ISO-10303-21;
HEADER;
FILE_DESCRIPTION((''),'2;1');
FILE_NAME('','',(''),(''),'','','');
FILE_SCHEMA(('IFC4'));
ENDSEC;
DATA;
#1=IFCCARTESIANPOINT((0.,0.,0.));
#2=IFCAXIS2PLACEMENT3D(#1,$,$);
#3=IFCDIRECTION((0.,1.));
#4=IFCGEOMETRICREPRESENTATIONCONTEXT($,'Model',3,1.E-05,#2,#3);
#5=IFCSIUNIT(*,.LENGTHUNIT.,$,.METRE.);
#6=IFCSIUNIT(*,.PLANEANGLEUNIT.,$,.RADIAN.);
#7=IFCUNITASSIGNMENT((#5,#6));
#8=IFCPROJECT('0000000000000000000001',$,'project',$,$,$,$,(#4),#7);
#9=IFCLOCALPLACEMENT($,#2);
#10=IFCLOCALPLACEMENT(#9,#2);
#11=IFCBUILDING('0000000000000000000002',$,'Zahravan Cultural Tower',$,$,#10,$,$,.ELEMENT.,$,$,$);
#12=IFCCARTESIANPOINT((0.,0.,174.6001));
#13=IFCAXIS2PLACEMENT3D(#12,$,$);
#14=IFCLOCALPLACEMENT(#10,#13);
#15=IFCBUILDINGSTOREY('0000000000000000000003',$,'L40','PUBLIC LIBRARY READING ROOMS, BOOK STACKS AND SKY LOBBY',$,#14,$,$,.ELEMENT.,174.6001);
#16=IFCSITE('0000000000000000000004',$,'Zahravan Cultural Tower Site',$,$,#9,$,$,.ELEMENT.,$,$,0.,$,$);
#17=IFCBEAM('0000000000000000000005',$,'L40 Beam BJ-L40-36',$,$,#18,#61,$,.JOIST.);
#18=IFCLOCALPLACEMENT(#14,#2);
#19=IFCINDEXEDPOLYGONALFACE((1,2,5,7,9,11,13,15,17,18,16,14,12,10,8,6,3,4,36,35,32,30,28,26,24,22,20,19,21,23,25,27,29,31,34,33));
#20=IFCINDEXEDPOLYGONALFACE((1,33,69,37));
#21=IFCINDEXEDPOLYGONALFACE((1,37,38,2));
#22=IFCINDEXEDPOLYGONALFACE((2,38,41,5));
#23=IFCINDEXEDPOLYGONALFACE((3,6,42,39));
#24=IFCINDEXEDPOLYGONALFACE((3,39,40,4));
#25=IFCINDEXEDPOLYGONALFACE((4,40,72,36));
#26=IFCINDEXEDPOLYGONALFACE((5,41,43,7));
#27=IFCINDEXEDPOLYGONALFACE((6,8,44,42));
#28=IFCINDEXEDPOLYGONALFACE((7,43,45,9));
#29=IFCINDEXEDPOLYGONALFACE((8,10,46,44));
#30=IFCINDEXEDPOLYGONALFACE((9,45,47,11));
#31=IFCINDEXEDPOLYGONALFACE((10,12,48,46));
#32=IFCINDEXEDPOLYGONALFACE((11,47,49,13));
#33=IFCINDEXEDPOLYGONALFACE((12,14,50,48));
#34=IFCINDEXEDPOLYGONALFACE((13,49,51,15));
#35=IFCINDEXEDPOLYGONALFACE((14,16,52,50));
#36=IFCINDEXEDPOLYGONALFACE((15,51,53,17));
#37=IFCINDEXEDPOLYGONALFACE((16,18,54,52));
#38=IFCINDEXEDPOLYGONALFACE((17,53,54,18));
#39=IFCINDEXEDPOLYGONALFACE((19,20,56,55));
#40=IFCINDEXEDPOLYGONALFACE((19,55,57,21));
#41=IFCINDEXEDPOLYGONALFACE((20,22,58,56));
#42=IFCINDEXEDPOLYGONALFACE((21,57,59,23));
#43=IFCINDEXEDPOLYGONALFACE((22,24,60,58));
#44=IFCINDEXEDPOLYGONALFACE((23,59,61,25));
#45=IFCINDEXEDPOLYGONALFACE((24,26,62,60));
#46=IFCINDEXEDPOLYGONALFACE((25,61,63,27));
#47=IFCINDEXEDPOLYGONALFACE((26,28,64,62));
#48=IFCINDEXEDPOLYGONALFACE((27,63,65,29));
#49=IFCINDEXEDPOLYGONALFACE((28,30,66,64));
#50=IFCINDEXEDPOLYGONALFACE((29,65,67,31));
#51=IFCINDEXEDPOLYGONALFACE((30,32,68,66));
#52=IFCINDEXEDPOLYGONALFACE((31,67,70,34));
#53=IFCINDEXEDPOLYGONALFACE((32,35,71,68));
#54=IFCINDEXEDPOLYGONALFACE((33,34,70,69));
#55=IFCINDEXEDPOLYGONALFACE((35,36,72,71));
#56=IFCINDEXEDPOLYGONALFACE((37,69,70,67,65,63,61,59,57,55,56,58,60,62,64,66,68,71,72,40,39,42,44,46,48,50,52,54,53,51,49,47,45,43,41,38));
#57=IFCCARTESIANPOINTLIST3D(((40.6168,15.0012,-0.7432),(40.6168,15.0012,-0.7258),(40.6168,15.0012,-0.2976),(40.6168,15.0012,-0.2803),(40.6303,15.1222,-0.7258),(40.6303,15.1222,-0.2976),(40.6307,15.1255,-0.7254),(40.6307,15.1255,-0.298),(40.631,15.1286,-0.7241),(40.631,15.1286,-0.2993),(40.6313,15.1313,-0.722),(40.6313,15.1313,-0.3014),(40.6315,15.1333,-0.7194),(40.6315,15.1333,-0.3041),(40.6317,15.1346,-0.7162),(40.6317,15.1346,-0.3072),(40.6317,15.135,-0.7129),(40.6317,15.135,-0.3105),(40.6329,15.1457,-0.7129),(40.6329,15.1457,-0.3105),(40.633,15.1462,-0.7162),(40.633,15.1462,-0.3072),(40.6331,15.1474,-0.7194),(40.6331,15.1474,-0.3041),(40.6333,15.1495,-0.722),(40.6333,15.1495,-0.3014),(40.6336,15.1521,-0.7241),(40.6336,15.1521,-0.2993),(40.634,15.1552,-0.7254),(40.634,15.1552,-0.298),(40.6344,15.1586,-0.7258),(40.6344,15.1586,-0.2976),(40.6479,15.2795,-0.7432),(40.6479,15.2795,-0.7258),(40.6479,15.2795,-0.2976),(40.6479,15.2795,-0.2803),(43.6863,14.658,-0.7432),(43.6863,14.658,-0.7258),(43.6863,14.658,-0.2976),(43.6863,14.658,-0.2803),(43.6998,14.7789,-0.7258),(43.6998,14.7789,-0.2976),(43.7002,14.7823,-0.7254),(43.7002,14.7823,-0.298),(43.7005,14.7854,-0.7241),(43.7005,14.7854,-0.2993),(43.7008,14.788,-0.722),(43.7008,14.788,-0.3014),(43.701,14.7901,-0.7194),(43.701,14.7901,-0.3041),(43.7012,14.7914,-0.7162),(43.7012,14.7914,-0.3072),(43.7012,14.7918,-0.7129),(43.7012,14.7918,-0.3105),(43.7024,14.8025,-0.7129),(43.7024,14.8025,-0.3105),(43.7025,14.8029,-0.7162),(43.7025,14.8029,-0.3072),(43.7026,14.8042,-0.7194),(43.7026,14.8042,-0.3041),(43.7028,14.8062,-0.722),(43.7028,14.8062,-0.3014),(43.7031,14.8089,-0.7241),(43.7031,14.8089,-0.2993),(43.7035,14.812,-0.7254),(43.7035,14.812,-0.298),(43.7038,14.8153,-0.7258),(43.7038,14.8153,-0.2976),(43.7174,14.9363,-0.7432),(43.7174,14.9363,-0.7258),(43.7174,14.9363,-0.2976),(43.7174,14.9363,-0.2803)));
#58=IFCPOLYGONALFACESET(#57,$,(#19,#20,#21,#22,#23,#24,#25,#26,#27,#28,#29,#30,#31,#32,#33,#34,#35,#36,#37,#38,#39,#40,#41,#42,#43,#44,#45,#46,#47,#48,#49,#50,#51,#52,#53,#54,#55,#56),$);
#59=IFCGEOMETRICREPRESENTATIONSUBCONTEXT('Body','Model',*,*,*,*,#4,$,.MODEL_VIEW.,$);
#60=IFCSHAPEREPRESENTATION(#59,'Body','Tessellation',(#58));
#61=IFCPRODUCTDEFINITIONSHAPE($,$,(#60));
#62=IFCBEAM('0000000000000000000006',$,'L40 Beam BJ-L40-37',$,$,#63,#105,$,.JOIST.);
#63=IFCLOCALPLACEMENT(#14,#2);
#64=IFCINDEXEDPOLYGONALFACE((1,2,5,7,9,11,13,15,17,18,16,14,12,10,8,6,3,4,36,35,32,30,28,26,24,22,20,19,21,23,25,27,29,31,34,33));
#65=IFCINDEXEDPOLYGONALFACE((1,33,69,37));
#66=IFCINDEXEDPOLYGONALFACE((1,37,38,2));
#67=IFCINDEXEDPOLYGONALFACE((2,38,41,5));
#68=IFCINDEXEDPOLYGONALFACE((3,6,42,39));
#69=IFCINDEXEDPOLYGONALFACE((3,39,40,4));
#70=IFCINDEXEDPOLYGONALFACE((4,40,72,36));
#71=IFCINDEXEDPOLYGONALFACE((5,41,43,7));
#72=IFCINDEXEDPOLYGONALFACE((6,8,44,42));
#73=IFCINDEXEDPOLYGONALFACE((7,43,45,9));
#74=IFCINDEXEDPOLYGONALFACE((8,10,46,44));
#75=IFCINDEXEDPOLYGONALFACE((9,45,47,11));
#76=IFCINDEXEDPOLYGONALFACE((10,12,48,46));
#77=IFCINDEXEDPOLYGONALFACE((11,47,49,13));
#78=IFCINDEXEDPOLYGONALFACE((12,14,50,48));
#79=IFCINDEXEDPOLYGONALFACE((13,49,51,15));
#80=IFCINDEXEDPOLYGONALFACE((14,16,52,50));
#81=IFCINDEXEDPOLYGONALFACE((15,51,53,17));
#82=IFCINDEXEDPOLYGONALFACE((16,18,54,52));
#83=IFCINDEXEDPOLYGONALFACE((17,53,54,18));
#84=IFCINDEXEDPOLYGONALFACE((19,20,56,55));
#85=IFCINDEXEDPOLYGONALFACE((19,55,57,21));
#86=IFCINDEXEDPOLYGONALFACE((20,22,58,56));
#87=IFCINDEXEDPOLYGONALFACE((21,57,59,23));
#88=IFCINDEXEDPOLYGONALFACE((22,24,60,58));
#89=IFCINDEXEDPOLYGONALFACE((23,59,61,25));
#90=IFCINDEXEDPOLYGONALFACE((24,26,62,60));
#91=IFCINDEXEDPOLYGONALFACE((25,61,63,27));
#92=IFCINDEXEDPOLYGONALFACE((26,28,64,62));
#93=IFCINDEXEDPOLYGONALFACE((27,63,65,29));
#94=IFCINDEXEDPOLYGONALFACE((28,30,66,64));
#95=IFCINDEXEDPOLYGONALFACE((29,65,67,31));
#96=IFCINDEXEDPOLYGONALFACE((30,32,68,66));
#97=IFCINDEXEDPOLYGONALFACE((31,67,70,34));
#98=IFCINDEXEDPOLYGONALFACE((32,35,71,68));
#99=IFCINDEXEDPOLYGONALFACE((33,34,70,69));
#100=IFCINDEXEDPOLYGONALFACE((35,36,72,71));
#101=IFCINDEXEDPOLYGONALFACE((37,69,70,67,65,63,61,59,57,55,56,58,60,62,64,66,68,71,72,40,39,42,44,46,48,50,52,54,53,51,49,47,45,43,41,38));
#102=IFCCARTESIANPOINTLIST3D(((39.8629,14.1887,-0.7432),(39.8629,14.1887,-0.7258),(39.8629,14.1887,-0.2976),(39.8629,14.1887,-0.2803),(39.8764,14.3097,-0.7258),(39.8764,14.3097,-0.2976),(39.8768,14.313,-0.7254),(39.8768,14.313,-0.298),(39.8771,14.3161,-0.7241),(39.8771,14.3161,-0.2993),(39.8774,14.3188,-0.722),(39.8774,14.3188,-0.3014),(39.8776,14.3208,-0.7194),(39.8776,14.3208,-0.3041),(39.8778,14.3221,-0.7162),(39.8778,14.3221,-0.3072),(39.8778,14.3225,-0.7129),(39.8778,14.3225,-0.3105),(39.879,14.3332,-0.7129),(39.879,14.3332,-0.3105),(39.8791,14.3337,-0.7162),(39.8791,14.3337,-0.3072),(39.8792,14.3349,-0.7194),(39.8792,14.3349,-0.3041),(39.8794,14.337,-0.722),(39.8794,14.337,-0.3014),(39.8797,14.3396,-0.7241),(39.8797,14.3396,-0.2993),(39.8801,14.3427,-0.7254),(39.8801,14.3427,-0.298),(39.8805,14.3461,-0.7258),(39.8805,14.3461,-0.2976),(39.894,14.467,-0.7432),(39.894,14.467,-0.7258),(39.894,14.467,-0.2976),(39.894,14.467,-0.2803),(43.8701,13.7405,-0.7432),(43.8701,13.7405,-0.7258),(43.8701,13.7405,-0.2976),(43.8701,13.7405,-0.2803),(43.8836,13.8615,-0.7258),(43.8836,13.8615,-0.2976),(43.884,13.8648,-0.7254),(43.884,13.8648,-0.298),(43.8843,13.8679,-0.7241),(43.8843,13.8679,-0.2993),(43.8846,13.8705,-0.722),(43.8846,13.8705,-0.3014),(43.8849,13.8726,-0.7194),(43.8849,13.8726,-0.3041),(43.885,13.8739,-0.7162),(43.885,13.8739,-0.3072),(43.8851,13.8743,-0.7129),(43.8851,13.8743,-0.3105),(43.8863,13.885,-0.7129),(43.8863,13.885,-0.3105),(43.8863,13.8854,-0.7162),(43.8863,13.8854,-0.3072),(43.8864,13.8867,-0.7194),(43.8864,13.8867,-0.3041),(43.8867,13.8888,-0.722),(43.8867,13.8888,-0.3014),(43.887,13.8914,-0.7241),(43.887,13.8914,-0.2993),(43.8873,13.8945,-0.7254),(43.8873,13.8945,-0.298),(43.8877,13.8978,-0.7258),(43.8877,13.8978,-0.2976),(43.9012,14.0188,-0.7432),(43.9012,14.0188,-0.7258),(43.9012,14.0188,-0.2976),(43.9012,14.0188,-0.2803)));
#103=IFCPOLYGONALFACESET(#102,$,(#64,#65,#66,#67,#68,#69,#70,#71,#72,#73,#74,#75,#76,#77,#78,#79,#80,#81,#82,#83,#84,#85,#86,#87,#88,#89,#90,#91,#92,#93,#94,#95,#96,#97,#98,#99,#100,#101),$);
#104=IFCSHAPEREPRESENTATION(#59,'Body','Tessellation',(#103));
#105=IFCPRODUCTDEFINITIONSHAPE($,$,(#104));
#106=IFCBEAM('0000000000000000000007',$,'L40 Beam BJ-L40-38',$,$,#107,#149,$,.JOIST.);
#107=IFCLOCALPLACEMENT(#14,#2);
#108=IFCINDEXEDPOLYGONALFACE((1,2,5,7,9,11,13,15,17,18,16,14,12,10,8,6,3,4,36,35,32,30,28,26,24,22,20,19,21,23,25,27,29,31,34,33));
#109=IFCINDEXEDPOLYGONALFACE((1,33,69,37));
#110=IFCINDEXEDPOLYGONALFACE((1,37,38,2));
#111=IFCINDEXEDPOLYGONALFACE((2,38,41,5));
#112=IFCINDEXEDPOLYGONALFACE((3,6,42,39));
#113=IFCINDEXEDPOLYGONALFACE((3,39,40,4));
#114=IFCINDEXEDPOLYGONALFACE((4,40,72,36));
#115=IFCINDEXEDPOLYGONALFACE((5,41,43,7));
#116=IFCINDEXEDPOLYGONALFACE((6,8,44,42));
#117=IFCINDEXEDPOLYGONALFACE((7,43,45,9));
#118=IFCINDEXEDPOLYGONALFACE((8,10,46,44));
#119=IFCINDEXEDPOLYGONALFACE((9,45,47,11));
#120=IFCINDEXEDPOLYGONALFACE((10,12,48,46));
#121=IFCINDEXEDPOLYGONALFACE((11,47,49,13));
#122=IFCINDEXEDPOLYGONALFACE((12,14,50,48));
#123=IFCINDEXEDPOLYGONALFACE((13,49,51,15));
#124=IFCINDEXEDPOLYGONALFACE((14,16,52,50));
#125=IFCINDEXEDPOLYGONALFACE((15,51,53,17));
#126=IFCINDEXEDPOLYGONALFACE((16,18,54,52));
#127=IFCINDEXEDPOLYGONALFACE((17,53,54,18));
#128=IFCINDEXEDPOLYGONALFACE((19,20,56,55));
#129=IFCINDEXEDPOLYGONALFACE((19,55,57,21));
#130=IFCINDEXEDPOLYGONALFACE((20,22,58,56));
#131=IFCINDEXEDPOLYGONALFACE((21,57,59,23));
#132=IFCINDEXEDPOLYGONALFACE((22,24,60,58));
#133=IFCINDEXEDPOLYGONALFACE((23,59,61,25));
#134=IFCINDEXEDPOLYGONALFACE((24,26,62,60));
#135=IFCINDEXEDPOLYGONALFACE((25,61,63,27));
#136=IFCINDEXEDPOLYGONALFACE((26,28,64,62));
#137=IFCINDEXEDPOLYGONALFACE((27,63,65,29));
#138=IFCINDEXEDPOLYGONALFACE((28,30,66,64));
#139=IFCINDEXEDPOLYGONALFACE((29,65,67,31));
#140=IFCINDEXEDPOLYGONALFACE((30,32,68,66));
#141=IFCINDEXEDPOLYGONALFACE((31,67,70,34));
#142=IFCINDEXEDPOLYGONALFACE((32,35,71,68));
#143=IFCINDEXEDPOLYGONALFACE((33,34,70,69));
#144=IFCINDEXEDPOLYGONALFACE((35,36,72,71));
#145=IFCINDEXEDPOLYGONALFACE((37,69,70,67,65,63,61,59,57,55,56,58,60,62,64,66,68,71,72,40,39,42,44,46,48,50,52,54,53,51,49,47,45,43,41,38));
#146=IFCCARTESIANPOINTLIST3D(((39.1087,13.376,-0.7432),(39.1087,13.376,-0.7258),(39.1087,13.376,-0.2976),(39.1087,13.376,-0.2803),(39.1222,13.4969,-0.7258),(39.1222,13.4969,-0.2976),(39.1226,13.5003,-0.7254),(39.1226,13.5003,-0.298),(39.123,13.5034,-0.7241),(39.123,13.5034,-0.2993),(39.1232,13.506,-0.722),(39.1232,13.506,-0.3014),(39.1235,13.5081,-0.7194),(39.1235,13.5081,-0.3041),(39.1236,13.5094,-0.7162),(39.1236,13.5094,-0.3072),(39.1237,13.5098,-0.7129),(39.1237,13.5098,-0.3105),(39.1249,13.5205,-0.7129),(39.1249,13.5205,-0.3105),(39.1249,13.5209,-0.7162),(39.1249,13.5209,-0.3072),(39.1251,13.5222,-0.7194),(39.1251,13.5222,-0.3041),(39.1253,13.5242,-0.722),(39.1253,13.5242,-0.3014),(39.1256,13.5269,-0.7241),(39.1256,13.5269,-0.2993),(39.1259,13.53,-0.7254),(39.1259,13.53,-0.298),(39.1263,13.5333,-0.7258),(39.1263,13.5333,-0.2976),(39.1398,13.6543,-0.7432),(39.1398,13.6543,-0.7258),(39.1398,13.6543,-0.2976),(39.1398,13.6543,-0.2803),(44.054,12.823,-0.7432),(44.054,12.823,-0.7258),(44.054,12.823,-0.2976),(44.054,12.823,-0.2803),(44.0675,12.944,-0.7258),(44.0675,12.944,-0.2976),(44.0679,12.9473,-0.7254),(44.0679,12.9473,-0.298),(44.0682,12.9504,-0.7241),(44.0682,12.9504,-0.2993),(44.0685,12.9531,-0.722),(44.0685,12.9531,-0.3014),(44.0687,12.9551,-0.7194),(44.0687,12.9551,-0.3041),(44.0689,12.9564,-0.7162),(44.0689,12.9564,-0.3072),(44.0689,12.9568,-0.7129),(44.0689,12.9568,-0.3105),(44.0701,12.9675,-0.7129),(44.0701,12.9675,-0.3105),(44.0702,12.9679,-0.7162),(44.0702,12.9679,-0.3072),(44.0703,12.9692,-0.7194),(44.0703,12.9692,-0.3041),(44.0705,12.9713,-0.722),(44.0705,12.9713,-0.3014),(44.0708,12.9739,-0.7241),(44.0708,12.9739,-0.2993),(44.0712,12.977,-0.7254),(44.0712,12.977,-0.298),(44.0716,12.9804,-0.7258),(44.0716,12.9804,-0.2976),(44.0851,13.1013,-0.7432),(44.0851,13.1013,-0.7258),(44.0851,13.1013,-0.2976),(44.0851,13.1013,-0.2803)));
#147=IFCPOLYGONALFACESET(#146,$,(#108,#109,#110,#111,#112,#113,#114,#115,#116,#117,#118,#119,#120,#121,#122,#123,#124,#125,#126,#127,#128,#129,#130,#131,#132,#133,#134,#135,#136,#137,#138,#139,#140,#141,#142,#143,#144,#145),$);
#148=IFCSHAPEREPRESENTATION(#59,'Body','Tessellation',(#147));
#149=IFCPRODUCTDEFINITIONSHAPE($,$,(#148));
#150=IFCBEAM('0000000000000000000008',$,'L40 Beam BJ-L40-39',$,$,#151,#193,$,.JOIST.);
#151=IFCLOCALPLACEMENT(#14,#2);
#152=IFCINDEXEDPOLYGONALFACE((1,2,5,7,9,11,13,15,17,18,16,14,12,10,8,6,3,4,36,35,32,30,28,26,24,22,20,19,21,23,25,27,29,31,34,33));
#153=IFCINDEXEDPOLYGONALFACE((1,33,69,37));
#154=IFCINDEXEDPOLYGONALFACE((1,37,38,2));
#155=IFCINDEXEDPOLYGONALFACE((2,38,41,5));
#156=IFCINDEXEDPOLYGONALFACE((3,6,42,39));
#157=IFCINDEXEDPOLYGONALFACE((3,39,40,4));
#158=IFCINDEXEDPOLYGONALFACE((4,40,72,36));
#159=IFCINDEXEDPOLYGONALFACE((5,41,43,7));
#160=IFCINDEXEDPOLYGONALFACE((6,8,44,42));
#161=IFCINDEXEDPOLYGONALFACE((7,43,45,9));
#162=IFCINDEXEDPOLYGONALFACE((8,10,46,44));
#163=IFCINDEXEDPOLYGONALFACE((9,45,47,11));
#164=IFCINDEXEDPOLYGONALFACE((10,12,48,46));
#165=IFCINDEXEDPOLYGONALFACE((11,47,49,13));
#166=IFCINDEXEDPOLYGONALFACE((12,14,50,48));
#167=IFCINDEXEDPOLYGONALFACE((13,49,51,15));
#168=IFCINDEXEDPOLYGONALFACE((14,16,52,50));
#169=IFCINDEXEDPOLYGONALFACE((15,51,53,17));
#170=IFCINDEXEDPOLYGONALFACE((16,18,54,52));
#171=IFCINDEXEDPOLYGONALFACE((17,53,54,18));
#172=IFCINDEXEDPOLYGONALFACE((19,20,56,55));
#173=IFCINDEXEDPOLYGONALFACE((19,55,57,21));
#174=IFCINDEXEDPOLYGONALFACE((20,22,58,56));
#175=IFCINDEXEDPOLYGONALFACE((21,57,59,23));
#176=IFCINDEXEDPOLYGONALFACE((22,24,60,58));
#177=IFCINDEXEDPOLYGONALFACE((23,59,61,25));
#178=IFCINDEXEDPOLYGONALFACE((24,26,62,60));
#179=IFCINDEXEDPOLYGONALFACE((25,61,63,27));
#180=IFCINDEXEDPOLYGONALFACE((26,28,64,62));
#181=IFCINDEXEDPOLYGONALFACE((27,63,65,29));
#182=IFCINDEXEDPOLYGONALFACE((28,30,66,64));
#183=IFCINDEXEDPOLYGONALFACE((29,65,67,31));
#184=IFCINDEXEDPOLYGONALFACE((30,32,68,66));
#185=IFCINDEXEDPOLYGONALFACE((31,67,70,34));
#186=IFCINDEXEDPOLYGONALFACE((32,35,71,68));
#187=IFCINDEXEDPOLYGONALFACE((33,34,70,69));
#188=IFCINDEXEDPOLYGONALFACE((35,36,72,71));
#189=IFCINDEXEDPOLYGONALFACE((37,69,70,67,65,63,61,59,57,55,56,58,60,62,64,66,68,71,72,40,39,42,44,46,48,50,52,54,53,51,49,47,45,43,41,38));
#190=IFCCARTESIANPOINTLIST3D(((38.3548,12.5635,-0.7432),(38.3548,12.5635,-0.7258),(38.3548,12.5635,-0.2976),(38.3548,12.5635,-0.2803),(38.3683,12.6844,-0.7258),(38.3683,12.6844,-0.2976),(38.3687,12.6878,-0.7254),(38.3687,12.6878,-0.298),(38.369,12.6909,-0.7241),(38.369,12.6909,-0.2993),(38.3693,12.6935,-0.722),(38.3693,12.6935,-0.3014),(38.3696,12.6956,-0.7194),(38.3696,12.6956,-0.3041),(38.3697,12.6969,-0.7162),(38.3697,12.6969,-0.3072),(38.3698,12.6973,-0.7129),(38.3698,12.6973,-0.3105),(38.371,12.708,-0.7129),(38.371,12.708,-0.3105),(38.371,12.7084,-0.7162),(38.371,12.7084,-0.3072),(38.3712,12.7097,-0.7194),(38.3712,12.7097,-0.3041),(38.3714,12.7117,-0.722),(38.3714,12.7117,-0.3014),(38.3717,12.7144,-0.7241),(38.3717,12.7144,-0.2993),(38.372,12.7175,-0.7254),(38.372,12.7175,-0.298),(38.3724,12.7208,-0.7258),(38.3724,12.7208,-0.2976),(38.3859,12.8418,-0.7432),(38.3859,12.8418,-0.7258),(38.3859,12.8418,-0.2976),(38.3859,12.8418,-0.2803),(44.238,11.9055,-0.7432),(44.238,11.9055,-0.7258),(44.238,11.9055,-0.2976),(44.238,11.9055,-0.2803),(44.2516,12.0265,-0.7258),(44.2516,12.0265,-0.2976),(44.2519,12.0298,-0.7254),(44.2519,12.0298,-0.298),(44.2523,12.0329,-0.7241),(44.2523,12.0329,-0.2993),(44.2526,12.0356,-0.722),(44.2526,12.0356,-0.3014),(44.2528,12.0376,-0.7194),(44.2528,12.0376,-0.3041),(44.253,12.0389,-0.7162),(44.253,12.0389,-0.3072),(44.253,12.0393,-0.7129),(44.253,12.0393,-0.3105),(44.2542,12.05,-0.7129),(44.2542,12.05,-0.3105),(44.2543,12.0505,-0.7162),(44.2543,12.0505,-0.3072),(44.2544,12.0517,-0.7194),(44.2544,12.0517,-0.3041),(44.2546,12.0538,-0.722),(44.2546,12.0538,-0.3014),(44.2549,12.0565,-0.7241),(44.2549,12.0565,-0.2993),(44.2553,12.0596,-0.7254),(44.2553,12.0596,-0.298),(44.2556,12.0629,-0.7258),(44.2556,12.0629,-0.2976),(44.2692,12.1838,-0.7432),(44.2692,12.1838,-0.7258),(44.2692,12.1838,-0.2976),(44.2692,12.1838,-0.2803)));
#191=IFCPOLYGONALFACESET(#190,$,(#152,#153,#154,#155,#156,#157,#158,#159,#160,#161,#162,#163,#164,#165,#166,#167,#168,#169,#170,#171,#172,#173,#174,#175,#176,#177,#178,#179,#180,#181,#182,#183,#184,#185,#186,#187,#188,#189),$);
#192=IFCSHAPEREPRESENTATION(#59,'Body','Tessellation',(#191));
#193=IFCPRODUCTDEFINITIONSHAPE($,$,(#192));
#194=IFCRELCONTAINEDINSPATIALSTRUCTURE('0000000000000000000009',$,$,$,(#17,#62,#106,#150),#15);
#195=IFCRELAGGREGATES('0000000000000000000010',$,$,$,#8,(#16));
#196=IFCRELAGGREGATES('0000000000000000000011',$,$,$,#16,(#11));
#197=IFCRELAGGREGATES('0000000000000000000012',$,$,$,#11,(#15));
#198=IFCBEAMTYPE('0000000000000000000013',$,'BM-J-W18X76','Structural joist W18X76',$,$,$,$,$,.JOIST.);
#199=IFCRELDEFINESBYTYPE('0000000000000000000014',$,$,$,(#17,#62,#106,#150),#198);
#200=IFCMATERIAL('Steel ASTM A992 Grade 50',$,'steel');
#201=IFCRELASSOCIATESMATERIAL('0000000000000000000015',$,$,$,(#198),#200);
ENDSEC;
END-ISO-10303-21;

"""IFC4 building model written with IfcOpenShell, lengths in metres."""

from ifc_helpers import new_model, si_unit, direction, frame, origin, origin_2d, place, context, subcontext, project, spatial, i_section, extrude, source, transform, mapped, material, material_profile, profile_set, type_object, element, save


model = new_model("IFC4")

# Units and contexts
model_context = context("Model", 3, precision=1e-05, world=origin(), true_north=direction((0.0, 1.0)))
body_context = subcontext(model_context, "Body", "Model", "MODEL_VIEW")
ifc_project = project(units=[si_unit("LENGTHUNIT", "METRE"), si_unit("PLANEANGLEUNIT", "RADIAN")], contexts=[model_context])

# Site, building, storey
site_placement = place(None, origin())
site = spatial("IfcSite", under=ifc_project, at=site_placement, Name="Zahravan Cultural Tower Site", CompositionType="ELEMENT", RefElevation=0.0)
building_placement = place(site_placement, origin())
building = spatial("IfcBuilding", under=site, at=building_placement, Name="Zahravan Cultural Tower", CompositionType="ELEMENT")
storey_placement = place(building_placement, frame((0.0, 0.0, 174.6001)))
storey = spatial("IfcBuildingStorey", under=building, at=storey_placement, Name="L40", Description="PUBLIC LIBRARY READING ROOMS, BOOK STACKS AND SKY LOBBY", CompositionType="ELEMENT", Elevation=174.6001)

# Shared definitions
ifc_material_1 = material(Name="Steel ASTM A992 Grade 50", Category="steel")

# Beams
ifc_material_profile_1 = material_profile(ifc_material_1, i_section(OverallWidth=0.28, OverallDepth=0.4629, WebThickness=0.0107, FlangeThickness=0.0173, FilletRadius=0.0129, at=origin_2d()), Name="W18X76")
ifc_profile_set_1 = profile_set([ifc_material_profile_1], Name="Steel ASTM A992 Grade 50")
beam_type_1 = type_object("IfcBeamType", Name="BM-J-W18X76", Description="Structural joist W18X76", PredefinedType="JOIST", material=ifc_profile_set_1)
shared_shape_1 = source(origin(), body_context, "Body", "SweptSolid", [
    extrude(i_section(OverallWidth=0.28, OverallDepth=0.4629, WebThickness=0.0107, FlangeThickness=0.0173, FilletRadius=0.0129, at=origin_2d()), origin(), (0.0, 0.0, 1.0), 3.0886),
])
beam_1_placement = place(storey_placement, frame((40.6323, 15.1404, -0.5117), z_axis=(0.993805, -0.111134, 0.0), x_axis=(0.111134, 0.993805, 0.0)))
element("IfcBeam", 1, at=beam_1_placement, inside=storey, type_object=beam_type_1, Name="L40 Beam BJ-L40-36", PredefinedType="JOIST", context=body_context, shape_type="MappedRepresentation", body=[
    mapped(shared_shape_1, transform((0.0, 0.0, 0.0), x_axis=(1.0, 0.0, 0.0), y_axis=(0.0, 1.0, 0.0), z_axis=(0.0, 0.0, 1.0), scale=1.0)),
])
shared_shape_2 = source(origin(), body_context, "Body", "SweptSolid", [
    extrude(i_section(OverallWidth=0.28, OverallDepth=0.4629, WebThickness=0.0107, FlangeThickness=0.0173, FilletRadius=0.0129, at=origin_2d()), origin(), (0.0, 0.0, 1.0), 4.0322),
])
beam_2_placement = place(storey_placement, frame((39.8784, 14.3279, -0.5117), z_axis=(0.993802, -0.111162, 0.0), x_axis=(0.111162, 0.993802, 0.0)))
element("IfcBeam", 2, at=beam_2_placement, inside=storey, type_object=beam_type_1, Name="L40 Beam BJ-L40-37", PredefinedType="JOIST", context=body_context, shape_type="MappedRepresentation", body=[
    mapped(shared_shape_2, transform((0.0, 0.0, 0.0), x_axis=(1.0, 0.0, 0.0), y_axis=(0.0, 1.0, 0.0), z_axis=(0.0, 0.0, 1.0), scale=1.0)),
])
shared_shape_3 = source(origin(), body_context, "Body", "SweptSolid", [
    extrude(i_section(OverallWidth=0.28, OverallDepth=0.4629, WebThickness=0.0107, FlangeThickness=0.0173, FilletRadius=0.0129, at=origin_2d()), origin(), (0.0, 0.0, 1.0), 4.9761),
])
beam_3_placement = place(storey_placement, frame((39.1243, 13.5151, -0.5117), z_axis=(0.993806, -0.111126, 0.0), x_axis=(0.111126, 0.993806, 0.0)))
element("IfcBeam", 3, at=beam_3_placement, inside=storey, type_object=beam_type_1, Name="L40 Beam BJ-L40-38", PredefinedType="JOIST", context=body_context, shape_type="MappedRepresentation", body=[
    mapped(shared_shape_3, transform((0.0, 0.0, 0.0), x_axis=(1.0, 0.0, 0.0), y_axis=(0.0, 1.0, 0.0), z_axis=(0.0, 0.0, 1.0), scale=1.0)),
])
shared_shape_4 = source(origin(), body_context, "Body", "SweptSolid", [
    extrude(i_section(OverallWidth=0.28, OverallDepth=0.4629, WebThickness=0.0107, FlangeThickness=0.0173, FilletRadius=0.0129, at=origin_2d()), origin(), (0.0, 0.0, 1.0), 5.9199),
])
beam_4_placement = place(storey_placement, frame((38.3704, 12.7026, -0.5117), z_axis=(0.993805, -0.111142, 0.0), x_axis=(0.111142, 0.993805, 0.0)))
element("IfcBeam", 4, at=beam_4_placement, inside=storey, type_object=beam_type_1, Name="L40 Beam BJ-L40-39", PredefinedType="JOIST", context=body_context, shape_type="MappedRepresentation", body=[
    mapped(shared_shape_4, transform((0.0, 0.0, 0.0), x_axis=(1.0, 0.0, 0.0), y_axis=(0.0, 1.0, 0.0), z_axis=(0.0, 0.0, 1.0), scale=1.0)),
])

save(model, "model.ifc")
